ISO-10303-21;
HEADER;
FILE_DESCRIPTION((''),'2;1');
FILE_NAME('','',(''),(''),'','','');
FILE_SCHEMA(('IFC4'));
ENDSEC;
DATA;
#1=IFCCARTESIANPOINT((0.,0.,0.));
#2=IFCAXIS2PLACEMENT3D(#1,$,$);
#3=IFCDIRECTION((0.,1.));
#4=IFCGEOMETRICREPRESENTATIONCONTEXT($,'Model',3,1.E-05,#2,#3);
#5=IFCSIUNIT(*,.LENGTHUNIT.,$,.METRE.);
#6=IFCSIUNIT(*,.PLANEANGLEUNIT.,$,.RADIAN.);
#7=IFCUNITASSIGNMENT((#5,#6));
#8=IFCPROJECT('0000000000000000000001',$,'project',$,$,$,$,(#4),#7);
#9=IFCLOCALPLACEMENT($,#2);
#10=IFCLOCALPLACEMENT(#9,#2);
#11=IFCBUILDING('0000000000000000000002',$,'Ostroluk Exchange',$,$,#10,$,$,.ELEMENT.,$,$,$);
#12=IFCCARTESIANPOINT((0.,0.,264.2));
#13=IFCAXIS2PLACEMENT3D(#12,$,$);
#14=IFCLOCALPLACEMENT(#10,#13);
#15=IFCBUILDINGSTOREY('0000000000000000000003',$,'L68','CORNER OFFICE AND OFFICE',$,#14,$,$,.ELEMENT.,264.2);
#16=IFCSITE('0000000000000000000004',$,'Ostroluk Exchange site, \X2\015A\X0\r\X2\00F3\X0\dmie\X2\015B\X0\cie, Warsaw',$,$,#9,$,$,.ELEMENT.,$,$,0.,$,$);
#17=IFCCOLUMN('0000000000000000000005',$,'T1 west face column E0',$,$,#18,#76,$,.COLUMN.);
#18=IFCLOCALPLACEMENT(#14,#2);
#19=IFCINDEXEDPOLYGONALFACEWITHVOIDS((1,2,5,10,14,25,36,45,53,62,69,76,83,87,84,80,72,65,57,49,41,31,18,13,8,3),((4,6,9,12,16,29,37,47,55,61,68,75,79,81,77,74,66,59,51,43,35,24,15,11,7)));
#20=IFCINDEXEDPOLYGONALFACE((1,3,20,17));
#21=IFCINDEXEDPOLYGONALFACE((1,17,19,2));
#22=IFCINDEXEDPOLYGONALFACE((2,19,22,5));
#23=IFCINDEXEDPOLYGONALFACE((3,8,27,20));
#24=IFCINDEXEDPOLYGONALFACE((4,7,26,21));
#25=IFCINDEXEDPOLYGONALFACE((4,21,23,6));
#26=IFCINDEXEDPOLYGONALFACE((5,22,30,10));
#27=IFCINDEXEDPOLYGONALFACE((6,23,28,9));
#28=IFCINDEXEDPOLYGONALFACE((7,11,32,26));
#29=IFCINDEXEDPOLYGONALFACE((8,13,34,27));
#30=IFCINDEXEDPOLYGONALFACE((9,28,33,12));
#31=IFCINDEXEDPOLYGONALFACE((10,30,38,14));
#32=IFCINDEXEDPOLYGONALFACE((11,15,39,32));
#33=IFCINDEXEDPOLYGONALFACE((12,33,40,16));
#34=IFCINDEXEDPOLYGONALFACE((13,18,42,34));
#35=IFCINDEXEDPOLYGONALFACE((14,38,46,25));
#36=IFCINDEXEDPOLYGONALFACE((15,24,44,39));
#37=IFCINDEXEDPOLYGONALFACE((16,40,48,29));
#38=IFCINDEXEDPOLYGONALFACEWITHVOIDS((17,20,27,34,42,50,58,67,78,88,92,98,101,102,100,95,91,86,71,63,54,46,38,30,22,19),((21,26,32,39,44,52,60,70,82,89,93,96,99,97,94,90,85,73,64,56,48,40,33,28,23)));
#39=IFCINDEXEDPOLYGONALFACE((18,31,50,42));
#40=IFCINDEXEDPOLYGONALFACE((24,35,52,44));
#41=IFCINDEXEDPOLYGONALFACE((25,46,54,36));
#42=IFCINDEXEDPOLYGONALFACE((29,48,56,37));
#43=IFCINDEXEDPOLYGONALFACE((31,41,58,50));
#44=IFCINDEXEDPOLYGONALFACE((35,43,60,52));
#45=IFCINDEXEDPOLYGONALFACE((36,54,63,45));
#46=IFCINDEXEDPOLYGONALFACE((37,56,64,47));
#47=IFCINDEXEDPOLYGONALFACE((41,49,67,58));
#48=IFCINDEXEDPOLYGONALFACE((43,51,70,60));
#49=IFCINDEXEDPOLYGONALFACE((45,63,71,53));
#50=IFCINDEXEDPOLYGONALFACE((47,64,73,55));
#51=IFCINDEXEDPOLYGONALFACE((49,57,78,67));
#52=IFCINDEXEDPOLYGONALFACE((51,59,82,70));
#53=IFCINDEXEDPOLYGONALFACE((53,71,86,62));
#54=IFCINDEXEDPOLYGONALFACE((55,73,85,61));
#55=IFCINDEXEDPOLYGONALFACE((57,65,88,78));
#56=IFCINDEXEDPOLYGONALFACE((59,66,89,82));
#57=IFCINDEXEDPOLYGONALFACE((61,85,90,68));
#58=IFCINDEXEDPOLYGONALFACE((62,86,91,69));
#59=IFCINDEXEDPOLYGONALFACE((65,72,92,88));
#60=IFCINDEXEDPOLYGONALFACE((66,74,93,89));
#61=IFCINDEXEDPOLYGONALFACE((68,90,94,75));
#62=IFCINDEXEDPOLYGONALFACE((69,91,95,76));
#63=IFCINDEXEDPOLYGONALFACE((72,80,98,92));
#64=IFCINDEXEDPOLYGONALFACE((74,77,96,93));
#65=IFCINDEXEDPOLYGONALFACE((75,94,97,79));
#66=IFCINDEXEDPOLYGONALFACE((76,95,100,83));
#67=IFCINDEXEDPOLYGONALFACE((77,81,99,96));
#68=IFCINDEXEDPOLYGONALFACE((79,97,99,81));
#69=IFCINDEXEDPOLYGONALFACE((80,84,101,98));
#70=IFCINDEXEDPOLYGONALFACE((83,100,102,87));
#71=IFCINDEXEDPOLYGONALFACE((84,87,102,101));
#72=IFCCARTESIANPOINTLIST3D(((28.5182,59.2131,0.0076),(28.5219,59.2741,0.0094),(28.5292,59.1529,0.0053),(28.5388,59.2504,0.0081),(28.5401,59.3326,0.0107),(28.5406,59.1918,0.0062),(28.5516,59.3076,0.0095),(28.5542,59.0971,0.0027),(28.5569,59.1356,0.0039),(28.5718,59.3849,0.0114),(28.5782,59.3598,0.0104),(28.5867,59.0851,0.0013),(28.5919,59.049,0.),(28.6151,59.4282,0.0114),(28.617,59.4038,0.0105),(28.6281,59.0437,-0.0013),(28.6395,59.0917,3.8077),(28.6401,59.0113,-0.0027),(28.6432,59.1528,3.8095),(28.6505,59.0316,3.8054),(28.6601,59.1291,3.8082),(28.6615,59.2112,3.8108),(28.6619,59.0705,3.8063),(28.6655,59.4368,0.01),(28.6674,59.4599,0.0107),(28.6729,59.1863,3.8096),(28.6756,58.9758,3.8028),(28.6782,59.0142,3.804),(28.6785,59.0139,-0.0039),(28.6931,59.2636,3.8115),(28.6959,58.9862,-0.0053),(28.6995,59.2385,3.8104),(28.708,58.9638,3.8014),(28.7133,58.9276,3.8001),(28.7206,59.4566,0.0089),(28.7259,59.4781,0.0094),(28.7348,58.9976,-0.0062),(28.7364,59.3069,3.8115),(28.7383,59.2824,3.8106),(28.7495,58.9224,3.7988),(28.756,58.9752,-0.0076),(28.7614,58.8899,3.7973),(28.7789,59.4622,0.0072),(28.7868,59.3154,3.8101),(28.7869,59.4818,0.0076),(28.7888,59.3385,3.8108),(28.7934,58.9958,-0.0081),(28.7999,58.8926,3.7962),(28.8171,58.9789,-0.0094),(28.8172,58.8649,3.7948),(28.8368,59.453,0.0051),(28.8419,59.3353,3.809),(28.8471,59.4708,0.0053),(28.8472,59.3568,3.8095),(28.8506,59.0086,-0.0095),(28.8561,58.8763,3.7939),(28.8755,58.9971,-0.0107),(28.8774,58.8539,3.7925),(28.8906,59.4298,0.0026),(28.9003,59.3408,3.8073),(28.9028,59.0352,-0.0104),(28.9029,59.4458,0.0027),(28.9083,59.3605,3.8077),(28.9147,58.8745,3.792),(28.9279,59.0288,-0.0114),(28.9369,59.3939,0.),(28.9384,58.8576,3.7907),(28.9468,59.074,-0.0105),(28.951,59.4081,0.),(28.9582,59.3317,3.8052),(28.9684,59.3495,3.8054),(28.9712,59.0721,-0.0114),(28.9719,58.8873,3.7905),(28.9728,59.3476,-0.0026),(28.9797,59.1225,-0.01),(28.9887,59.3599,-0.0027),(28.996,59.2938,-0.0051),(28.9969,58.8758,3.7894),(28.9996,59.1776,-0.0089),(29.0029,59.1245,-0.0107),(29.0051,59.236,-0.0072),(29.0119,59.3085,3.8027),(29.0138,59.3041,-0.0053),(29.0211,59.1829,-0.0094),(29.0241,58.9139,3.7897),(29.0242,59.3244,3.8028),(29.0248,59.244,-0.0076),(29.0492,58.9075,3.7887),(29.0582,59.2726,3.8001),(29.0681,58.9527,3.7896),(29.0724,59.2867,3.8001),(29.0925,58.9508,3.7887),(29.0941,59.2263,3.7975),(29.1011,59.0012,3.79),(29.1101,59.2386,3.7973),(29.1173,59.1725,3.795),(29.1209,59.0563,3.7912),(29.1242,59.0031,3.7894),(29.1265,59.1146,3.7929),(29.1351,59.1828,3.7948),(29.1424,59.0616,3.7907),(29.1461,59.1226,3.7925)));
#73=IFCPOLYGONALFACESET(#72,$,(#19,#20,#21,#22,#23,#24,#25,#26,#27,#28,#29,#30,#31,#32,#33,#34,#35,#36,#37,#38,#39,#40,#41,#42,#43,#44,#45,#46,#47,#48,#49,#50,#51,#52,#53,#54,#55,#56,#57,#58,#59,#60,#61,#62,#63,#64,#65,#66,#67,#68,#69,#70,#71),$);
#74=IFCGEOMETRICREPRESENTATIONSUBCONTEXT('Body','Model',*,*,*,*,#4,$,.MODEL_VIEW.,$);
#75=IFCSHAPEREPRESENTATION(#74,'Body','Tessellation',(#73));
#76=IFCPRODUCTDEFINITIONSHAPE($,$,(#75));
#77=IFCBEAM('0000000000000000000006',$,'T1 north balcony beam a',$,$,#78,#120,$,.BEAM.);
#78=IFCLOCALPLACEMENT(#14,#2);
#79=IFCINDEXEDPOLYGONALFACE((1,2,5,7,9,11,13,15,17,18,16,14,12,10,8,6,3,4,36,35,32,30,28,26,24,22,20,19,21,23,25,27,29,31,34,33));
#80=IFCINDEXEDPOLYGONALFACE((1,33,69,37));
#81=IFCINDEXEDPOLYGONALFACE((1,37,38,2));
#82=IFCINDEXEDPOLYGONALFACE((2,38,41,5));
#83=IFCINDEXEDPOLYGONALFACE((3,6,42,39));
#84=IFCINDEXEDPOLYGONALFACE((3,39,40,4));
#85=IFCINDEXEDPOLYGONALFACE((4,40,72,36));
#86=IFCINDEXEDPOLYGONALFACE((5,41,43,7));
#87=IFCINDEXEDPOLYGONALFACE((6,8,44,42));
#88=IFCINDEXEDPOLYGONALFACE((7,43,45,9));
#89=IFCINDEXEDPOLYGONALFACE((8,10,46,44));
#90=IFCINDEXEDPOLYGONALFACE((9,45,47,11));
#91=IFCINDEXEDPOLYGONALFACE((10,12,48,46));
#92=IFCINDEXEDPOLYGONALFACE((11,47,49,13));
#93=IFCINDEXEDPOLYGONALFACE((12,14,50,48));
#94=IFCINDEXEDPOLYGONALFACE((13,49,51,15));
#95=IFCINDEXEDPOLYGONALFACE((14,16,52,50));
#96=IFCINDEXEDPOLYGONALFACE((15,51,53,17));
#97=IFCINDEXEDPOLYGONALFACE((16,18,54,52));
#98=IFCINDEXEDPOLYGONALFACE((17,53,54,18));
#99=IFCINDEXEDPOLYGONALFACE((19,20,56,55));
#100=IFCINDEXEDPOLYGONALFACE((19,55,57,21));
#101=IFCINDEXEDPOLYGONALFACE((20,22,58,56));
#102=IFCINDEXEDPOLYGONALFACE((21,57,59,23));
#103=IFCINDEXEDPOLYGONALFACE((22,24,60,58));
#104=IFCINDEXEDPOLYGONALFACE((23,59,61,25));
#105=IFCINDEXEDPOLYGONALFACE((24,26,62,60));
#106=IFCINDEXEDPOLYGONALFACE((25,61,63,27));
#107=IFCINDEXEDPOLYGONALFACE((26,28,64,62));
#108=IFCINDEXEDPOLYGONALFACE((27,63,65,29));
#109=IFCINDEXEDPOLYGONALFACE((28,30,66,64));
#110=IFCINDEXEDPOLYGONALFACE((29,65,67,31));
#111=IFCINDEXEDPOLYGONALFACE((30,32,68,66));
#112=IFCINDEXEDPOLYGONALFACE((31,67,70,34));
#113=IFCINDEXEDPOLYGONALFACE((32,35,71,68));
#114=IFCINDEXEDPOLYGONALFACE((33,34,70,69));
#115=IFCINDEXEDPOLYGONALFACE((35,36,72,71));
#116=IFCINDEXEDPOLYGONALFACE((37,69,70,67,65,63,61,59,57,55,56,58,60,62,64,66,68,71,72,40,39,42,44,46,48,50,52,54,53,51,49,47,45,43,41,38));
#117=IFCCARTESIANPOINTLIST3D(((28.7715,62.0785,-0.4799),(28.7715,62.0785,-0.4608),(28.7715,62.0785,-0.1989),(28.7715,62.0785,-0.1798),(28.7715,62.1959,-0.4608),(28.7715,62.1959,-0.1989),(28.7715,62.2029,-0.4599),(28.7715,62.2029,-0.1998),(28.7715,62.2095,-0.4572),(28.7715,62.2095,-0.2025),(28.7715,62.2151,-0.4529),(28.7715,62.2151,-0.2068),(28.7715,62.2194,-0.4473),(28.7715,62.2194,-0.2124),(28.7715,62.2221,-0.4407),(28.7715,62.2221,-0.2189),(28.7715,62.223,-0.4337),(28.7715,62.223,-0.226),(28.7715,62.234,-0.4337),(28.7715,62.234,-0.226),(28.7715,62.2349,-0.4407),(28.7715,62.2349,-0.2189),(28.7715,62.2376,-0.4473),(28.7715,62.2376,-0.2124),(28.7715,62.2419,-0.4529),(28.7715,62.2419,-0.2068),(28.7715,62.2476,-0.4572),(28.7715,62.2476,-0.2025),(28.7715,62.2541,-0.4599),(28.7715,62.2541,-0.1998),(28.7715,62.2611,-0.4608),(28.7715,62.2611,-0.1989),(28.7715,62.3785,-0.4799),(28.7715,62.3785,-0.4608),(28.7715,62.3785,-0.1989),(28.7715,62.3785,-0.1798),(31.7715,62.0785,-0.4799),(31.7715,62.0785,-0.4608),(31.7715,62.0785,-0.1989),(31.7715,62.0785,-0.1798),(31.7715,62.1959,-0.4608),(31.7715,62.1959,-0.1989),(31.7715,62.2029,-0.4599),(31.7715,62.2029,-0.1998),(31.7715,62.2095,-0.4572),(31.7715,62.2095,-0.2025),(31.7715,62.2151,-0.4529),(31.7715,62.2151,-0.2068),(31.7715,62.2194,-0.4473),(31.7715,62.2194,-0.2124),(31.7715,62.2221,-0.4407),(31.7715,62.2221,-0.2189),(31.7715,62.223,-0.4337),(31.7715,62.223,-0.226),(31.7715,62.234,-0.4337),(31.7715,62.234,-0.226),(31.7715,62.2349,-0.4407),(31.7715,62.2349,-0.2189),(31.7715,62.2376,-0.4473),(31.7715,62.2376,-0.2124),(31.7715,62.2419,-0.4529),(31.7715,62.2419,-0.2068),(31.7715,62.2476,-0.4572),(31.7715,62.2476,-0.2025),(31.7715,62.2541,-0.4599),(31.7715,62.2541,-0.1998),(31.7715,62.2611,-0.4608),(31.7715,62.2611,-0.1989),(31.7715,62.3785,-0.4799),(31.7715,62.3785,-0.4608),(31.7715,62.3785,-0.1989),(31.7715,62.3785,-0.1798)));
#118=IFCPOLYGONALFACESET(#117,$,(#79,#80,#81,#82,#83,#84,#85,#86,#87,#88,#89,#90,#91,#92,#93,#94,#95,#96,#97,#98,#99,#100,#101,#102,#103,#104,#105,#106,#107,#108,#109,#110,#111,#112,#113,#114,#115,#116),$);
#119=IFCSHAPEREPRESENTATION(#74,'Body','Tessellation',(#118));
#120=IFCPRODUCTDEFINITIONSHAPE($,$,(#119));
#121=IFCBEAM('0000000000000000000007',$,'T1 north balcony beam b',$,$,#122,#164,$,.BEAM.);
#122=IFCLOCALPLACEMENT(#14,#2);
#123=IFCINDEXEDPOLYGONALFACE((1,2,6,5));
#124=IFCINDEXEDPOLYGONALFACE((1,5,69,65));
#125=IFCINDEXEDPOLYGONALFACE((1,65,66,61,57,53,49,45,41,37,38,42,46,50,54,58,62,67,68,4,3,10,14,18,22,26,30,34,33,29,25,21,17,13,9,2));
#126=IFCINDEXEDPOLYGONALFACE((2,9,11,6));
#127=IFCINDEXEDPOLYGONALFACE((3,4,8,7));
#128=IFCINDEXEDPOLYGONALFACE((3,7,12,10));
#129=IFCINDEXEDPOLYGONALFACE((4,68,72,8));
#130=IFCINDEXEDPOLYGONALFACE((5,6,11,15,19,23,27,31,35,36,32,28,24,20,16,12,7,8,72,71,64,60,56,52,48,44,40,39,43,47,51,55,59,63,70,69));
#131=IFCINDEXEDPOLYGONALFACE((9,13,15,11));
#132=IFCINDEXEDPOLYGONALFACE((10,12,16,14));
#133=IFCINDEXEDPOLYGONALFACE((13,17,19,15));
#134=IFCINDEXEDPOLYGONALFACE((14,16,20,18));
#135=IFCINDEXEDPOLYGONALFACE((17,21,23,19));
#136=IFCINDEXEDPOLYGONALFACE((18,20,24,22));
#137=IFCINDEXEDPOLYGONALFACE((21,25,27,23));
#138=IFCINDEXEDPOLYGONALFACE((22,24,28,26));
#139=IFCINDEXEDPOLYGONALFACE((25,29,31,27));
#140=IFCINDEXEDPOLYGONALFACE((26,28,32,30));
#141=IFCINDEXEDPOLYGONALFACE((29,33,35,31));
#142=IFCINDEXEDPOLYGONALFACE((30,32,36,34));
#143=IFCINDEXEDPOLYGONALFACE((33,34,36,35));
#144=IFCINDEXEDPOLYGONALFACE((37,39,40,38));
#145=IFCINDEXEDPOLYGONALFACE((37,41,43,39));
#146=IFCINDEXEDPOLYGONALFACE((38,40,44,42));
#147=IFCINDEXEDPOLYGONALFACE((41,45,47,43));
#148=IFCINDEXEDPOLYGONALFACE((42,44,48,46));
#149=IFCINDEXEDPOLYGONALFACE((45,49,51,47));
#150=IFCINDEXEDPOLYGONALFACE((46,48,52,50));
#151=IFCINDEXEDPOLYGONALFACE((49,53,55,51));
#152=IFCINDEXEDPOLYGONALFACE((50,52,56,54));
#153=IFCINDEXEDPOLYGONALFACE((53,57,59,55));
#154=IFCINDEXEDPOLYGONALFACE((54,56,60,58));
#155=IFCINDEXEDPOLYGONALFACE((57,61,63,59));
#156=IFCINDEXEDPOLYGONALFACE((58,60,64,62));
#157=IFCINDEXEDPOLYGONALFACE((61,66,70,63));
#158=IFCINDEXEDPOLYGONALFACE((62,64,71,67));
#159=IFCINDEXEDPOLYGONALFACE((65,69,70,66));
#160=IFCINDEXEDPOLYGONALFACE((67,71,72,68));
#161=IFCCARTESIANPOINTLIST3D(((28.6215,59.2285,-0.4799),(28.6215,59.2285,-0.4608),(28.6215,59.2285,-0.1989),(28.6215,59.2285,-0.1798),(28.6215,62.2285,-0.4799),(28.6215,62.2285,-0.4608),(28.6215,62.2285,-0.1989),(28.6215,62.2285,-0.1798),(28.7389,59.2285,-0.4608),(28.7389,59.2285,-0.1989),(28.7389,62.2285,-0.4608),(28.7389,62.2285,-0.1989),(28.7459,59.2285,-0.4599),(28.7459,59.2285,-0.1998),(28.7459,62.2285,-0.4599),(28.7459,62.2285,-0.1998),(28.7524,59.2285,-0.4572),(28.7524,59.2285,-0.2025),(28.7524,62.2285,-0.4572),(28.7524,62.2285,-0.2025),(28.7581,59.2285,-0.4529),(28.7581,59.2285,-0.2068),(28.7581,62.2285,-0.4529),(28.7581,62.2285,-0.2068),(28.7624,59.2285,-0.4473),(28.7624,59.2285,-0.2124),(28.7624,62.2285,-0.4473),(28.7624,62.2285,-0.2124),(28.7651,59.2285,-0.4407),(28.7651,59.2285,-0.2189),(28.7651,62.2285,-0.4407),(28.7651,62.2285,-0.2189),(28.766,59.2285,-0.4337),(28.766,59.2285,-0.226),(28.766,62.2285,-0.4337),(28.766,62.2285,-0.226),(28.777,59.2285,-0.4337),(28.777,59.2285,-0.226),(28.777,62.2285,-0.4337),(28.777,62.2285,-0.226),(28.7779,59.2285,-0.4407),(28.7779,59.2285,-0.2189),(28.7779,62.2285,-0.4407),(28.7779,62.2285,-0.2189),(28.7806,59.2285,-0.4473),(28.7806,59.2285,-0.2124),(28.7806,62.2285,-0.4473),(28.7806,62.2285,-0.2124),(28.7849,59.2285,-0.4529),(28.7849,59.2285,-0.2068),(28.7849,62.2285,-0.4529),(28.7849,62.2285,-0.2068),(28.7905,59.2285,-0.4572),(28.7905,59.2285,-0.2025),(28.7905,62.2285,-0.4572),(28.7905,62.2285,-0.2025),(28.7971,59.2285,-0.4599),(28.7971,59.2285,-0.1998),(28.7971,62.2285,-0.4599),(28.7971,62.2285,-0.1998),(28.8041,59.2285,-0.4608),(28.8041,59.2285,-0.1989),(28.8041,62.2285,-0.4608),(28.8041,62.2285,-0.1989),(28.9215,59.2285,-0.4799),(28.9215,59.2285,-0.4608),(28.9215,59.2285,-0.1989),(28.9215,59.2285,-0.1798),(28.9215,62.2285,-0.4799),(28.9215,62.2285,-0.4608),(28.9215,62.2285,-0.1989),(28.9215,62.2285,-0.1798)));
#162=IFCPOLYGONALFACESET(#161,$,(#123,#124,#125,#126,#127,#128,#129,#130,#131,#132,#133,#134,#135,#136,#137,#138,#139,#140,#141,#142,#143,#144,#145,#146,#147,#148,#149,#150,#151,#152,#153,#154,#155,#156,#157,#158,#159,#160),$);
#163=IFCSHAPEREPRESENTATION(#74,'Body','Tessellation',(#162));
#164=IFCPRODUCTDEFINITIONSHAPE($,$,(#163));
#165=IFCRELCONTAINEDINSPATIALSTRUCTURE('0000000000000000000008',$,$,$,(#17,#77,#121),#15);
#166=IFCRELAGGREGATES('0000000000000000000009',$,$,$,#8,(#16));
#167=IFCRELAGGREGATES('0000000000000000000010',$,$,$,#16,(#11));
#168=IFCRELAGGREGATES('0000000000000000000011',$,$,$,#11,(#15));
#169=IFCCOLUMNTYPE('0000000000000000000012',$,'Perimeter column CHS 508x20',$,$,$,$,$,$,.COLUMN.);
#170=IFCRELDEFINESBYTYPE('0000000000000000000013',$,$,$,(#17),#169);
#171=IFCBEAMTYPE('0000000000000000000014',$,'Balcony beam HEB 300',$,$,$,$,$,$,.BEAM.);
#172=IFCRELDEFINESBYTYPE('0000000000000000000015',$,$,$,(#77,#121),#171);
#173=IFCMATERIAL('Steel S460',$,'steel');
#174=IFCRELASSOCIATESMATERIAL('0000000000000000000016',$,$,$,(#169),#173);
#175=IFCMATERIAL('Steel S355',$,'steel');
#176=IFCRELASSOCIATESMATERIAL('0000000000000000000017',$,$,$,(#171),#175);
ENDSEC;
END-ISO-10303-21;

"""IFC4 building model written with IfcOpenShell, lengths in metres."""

from ifc_helpers import new_model, si_unit, direction, frame, origin, origin_2d, place, context, subcontext, project, spatial, hollow_circle, i_section, extrude, material, material_profile, profile_set, type_object, element, save


model = new_model("IFC4")

# Units and contexts
model_context = context("Model", 3, precision=1e-05, world=origin(), true_north=direction((0.0, 1.0)))
body_context = subcontext(model_context, "Body", "Model", "MODEL_VIEW")
ifc_project = project(units=[si_unit("LENGTHUNIT", "METRE"), si_unit("PLANEANGLEUNIT", "RADIAN")], contexts=[model_context])

# Site, building, storey
site_placement = place(None, origin())
site = spatial("IfcSite", under=ifc_project, at=site_placement, Name="Ostroluk Exchange site, Śródmieście, Warsaw", CompositionType="ELEMENT", RefElevation=0.0)
building_placement = place(site_placement, origin())
building = spatial("IfcBuilding", under=site, at=building_placement, Name="Ostroluk Exchange", CompositionType="ELEMENT")
storey_placement = place(building_placement, frame((0.0, 0.0, 264.2)))
storey = spatial("IfcBuildingStorey", under=building, at=storey_placement, Name="L68", Description="CORNER OFFICE AND OFFICE", CompositionType="ELEMENT", Elevation=264.2)

# Column
ifc_material_1 = material(Name="Steel S460", Category="steel")
ifc_material_profile_1 = material_profile(ifc_material_1, hollow_circle(Radius=0.2539, WallThickness=0.02, at=origin_2d()), Name="CHS 508x20")
ifc_profile_set_1 = profile_set([ifc_material_profile_1], Name="Steel S460")
column_type_1 = type_object("IfcColumnType", Name="Perimeter column CHS 508x20", PredefinedType="COLUMN", material=ifc_profile_set_1)
column_1_placement = place(storey_placement, frame((28.7715, 59.2285, 0.0), z_axis=(0.031898, -0.031898, 0.998982), x_axis=(0.707107, 0.707107, 0.0)))
element("IfcColumn", 1, at=column_1_placement, inside=storey, type_object=column_type_1, Name="T1 west face column E0", PredefinedType="COLUMN", context=body_context, shape_type="SweptSolid", body=[
    extrude(hollow_circle(Radius=0.2539, WallThickness=0.02, at=origin_2d()), origin(), (0.0, 0.0, 1.0), 3.804),
])

# Beams
ifc_material_2 = material(Name="Steel S355", Category="steel")
ifc_material_profile_2 = material_profile(ifc_material_2, i_section(OverallWidth=0.3, OverallDepth=0.3, WebThickness=0.011, FlangeThickness=0.019, FilletRadius=0.0271, at=origin_2d()), Name="HEB 300")
ifc_profile_set_2 = profile_set([ifc_material_profile_2], Name="Steel S355")
beam_type_1 = type_object("IfcBeamType", Name="Balcony beam HEB 300", PredefinedType="BEAM", material=ifc_profile_set_2)
for number, where, z_axis, x_axis, name in (
    (2, (31.7715, 62.2285, -0.3298), (-1.0, 0.0, 0.0), (0.0, -1.0, 0.0), "T1 north balcony beam a"),
    (3, (28.7715, 59.2285, -0.3298), (0.0, 1.0, 0.0), (-1.0, 0.0, 0.0), "T1 north balcony beam b"),
):
    element("IfcBeam", number, at=place(storey_placement, frame(where, z_axis=z_axis, x_axis=x_axis)), inside=storey, type_object=beam_type_1, Name=name, PredefinedType="BEAM", context=body_context, shape_type="SweptSolid", body=[
        extrude(i_section(OverallWidth=0.3, OverallDepth=0.3, WebThickness=0.011, FlangeThickness=0.019, FilletRadius=0.0271, at=origin_2d()), origin(), (0.0, 0.0, 1.0), 3.0),
    ])

save(model, "model.ifc")
